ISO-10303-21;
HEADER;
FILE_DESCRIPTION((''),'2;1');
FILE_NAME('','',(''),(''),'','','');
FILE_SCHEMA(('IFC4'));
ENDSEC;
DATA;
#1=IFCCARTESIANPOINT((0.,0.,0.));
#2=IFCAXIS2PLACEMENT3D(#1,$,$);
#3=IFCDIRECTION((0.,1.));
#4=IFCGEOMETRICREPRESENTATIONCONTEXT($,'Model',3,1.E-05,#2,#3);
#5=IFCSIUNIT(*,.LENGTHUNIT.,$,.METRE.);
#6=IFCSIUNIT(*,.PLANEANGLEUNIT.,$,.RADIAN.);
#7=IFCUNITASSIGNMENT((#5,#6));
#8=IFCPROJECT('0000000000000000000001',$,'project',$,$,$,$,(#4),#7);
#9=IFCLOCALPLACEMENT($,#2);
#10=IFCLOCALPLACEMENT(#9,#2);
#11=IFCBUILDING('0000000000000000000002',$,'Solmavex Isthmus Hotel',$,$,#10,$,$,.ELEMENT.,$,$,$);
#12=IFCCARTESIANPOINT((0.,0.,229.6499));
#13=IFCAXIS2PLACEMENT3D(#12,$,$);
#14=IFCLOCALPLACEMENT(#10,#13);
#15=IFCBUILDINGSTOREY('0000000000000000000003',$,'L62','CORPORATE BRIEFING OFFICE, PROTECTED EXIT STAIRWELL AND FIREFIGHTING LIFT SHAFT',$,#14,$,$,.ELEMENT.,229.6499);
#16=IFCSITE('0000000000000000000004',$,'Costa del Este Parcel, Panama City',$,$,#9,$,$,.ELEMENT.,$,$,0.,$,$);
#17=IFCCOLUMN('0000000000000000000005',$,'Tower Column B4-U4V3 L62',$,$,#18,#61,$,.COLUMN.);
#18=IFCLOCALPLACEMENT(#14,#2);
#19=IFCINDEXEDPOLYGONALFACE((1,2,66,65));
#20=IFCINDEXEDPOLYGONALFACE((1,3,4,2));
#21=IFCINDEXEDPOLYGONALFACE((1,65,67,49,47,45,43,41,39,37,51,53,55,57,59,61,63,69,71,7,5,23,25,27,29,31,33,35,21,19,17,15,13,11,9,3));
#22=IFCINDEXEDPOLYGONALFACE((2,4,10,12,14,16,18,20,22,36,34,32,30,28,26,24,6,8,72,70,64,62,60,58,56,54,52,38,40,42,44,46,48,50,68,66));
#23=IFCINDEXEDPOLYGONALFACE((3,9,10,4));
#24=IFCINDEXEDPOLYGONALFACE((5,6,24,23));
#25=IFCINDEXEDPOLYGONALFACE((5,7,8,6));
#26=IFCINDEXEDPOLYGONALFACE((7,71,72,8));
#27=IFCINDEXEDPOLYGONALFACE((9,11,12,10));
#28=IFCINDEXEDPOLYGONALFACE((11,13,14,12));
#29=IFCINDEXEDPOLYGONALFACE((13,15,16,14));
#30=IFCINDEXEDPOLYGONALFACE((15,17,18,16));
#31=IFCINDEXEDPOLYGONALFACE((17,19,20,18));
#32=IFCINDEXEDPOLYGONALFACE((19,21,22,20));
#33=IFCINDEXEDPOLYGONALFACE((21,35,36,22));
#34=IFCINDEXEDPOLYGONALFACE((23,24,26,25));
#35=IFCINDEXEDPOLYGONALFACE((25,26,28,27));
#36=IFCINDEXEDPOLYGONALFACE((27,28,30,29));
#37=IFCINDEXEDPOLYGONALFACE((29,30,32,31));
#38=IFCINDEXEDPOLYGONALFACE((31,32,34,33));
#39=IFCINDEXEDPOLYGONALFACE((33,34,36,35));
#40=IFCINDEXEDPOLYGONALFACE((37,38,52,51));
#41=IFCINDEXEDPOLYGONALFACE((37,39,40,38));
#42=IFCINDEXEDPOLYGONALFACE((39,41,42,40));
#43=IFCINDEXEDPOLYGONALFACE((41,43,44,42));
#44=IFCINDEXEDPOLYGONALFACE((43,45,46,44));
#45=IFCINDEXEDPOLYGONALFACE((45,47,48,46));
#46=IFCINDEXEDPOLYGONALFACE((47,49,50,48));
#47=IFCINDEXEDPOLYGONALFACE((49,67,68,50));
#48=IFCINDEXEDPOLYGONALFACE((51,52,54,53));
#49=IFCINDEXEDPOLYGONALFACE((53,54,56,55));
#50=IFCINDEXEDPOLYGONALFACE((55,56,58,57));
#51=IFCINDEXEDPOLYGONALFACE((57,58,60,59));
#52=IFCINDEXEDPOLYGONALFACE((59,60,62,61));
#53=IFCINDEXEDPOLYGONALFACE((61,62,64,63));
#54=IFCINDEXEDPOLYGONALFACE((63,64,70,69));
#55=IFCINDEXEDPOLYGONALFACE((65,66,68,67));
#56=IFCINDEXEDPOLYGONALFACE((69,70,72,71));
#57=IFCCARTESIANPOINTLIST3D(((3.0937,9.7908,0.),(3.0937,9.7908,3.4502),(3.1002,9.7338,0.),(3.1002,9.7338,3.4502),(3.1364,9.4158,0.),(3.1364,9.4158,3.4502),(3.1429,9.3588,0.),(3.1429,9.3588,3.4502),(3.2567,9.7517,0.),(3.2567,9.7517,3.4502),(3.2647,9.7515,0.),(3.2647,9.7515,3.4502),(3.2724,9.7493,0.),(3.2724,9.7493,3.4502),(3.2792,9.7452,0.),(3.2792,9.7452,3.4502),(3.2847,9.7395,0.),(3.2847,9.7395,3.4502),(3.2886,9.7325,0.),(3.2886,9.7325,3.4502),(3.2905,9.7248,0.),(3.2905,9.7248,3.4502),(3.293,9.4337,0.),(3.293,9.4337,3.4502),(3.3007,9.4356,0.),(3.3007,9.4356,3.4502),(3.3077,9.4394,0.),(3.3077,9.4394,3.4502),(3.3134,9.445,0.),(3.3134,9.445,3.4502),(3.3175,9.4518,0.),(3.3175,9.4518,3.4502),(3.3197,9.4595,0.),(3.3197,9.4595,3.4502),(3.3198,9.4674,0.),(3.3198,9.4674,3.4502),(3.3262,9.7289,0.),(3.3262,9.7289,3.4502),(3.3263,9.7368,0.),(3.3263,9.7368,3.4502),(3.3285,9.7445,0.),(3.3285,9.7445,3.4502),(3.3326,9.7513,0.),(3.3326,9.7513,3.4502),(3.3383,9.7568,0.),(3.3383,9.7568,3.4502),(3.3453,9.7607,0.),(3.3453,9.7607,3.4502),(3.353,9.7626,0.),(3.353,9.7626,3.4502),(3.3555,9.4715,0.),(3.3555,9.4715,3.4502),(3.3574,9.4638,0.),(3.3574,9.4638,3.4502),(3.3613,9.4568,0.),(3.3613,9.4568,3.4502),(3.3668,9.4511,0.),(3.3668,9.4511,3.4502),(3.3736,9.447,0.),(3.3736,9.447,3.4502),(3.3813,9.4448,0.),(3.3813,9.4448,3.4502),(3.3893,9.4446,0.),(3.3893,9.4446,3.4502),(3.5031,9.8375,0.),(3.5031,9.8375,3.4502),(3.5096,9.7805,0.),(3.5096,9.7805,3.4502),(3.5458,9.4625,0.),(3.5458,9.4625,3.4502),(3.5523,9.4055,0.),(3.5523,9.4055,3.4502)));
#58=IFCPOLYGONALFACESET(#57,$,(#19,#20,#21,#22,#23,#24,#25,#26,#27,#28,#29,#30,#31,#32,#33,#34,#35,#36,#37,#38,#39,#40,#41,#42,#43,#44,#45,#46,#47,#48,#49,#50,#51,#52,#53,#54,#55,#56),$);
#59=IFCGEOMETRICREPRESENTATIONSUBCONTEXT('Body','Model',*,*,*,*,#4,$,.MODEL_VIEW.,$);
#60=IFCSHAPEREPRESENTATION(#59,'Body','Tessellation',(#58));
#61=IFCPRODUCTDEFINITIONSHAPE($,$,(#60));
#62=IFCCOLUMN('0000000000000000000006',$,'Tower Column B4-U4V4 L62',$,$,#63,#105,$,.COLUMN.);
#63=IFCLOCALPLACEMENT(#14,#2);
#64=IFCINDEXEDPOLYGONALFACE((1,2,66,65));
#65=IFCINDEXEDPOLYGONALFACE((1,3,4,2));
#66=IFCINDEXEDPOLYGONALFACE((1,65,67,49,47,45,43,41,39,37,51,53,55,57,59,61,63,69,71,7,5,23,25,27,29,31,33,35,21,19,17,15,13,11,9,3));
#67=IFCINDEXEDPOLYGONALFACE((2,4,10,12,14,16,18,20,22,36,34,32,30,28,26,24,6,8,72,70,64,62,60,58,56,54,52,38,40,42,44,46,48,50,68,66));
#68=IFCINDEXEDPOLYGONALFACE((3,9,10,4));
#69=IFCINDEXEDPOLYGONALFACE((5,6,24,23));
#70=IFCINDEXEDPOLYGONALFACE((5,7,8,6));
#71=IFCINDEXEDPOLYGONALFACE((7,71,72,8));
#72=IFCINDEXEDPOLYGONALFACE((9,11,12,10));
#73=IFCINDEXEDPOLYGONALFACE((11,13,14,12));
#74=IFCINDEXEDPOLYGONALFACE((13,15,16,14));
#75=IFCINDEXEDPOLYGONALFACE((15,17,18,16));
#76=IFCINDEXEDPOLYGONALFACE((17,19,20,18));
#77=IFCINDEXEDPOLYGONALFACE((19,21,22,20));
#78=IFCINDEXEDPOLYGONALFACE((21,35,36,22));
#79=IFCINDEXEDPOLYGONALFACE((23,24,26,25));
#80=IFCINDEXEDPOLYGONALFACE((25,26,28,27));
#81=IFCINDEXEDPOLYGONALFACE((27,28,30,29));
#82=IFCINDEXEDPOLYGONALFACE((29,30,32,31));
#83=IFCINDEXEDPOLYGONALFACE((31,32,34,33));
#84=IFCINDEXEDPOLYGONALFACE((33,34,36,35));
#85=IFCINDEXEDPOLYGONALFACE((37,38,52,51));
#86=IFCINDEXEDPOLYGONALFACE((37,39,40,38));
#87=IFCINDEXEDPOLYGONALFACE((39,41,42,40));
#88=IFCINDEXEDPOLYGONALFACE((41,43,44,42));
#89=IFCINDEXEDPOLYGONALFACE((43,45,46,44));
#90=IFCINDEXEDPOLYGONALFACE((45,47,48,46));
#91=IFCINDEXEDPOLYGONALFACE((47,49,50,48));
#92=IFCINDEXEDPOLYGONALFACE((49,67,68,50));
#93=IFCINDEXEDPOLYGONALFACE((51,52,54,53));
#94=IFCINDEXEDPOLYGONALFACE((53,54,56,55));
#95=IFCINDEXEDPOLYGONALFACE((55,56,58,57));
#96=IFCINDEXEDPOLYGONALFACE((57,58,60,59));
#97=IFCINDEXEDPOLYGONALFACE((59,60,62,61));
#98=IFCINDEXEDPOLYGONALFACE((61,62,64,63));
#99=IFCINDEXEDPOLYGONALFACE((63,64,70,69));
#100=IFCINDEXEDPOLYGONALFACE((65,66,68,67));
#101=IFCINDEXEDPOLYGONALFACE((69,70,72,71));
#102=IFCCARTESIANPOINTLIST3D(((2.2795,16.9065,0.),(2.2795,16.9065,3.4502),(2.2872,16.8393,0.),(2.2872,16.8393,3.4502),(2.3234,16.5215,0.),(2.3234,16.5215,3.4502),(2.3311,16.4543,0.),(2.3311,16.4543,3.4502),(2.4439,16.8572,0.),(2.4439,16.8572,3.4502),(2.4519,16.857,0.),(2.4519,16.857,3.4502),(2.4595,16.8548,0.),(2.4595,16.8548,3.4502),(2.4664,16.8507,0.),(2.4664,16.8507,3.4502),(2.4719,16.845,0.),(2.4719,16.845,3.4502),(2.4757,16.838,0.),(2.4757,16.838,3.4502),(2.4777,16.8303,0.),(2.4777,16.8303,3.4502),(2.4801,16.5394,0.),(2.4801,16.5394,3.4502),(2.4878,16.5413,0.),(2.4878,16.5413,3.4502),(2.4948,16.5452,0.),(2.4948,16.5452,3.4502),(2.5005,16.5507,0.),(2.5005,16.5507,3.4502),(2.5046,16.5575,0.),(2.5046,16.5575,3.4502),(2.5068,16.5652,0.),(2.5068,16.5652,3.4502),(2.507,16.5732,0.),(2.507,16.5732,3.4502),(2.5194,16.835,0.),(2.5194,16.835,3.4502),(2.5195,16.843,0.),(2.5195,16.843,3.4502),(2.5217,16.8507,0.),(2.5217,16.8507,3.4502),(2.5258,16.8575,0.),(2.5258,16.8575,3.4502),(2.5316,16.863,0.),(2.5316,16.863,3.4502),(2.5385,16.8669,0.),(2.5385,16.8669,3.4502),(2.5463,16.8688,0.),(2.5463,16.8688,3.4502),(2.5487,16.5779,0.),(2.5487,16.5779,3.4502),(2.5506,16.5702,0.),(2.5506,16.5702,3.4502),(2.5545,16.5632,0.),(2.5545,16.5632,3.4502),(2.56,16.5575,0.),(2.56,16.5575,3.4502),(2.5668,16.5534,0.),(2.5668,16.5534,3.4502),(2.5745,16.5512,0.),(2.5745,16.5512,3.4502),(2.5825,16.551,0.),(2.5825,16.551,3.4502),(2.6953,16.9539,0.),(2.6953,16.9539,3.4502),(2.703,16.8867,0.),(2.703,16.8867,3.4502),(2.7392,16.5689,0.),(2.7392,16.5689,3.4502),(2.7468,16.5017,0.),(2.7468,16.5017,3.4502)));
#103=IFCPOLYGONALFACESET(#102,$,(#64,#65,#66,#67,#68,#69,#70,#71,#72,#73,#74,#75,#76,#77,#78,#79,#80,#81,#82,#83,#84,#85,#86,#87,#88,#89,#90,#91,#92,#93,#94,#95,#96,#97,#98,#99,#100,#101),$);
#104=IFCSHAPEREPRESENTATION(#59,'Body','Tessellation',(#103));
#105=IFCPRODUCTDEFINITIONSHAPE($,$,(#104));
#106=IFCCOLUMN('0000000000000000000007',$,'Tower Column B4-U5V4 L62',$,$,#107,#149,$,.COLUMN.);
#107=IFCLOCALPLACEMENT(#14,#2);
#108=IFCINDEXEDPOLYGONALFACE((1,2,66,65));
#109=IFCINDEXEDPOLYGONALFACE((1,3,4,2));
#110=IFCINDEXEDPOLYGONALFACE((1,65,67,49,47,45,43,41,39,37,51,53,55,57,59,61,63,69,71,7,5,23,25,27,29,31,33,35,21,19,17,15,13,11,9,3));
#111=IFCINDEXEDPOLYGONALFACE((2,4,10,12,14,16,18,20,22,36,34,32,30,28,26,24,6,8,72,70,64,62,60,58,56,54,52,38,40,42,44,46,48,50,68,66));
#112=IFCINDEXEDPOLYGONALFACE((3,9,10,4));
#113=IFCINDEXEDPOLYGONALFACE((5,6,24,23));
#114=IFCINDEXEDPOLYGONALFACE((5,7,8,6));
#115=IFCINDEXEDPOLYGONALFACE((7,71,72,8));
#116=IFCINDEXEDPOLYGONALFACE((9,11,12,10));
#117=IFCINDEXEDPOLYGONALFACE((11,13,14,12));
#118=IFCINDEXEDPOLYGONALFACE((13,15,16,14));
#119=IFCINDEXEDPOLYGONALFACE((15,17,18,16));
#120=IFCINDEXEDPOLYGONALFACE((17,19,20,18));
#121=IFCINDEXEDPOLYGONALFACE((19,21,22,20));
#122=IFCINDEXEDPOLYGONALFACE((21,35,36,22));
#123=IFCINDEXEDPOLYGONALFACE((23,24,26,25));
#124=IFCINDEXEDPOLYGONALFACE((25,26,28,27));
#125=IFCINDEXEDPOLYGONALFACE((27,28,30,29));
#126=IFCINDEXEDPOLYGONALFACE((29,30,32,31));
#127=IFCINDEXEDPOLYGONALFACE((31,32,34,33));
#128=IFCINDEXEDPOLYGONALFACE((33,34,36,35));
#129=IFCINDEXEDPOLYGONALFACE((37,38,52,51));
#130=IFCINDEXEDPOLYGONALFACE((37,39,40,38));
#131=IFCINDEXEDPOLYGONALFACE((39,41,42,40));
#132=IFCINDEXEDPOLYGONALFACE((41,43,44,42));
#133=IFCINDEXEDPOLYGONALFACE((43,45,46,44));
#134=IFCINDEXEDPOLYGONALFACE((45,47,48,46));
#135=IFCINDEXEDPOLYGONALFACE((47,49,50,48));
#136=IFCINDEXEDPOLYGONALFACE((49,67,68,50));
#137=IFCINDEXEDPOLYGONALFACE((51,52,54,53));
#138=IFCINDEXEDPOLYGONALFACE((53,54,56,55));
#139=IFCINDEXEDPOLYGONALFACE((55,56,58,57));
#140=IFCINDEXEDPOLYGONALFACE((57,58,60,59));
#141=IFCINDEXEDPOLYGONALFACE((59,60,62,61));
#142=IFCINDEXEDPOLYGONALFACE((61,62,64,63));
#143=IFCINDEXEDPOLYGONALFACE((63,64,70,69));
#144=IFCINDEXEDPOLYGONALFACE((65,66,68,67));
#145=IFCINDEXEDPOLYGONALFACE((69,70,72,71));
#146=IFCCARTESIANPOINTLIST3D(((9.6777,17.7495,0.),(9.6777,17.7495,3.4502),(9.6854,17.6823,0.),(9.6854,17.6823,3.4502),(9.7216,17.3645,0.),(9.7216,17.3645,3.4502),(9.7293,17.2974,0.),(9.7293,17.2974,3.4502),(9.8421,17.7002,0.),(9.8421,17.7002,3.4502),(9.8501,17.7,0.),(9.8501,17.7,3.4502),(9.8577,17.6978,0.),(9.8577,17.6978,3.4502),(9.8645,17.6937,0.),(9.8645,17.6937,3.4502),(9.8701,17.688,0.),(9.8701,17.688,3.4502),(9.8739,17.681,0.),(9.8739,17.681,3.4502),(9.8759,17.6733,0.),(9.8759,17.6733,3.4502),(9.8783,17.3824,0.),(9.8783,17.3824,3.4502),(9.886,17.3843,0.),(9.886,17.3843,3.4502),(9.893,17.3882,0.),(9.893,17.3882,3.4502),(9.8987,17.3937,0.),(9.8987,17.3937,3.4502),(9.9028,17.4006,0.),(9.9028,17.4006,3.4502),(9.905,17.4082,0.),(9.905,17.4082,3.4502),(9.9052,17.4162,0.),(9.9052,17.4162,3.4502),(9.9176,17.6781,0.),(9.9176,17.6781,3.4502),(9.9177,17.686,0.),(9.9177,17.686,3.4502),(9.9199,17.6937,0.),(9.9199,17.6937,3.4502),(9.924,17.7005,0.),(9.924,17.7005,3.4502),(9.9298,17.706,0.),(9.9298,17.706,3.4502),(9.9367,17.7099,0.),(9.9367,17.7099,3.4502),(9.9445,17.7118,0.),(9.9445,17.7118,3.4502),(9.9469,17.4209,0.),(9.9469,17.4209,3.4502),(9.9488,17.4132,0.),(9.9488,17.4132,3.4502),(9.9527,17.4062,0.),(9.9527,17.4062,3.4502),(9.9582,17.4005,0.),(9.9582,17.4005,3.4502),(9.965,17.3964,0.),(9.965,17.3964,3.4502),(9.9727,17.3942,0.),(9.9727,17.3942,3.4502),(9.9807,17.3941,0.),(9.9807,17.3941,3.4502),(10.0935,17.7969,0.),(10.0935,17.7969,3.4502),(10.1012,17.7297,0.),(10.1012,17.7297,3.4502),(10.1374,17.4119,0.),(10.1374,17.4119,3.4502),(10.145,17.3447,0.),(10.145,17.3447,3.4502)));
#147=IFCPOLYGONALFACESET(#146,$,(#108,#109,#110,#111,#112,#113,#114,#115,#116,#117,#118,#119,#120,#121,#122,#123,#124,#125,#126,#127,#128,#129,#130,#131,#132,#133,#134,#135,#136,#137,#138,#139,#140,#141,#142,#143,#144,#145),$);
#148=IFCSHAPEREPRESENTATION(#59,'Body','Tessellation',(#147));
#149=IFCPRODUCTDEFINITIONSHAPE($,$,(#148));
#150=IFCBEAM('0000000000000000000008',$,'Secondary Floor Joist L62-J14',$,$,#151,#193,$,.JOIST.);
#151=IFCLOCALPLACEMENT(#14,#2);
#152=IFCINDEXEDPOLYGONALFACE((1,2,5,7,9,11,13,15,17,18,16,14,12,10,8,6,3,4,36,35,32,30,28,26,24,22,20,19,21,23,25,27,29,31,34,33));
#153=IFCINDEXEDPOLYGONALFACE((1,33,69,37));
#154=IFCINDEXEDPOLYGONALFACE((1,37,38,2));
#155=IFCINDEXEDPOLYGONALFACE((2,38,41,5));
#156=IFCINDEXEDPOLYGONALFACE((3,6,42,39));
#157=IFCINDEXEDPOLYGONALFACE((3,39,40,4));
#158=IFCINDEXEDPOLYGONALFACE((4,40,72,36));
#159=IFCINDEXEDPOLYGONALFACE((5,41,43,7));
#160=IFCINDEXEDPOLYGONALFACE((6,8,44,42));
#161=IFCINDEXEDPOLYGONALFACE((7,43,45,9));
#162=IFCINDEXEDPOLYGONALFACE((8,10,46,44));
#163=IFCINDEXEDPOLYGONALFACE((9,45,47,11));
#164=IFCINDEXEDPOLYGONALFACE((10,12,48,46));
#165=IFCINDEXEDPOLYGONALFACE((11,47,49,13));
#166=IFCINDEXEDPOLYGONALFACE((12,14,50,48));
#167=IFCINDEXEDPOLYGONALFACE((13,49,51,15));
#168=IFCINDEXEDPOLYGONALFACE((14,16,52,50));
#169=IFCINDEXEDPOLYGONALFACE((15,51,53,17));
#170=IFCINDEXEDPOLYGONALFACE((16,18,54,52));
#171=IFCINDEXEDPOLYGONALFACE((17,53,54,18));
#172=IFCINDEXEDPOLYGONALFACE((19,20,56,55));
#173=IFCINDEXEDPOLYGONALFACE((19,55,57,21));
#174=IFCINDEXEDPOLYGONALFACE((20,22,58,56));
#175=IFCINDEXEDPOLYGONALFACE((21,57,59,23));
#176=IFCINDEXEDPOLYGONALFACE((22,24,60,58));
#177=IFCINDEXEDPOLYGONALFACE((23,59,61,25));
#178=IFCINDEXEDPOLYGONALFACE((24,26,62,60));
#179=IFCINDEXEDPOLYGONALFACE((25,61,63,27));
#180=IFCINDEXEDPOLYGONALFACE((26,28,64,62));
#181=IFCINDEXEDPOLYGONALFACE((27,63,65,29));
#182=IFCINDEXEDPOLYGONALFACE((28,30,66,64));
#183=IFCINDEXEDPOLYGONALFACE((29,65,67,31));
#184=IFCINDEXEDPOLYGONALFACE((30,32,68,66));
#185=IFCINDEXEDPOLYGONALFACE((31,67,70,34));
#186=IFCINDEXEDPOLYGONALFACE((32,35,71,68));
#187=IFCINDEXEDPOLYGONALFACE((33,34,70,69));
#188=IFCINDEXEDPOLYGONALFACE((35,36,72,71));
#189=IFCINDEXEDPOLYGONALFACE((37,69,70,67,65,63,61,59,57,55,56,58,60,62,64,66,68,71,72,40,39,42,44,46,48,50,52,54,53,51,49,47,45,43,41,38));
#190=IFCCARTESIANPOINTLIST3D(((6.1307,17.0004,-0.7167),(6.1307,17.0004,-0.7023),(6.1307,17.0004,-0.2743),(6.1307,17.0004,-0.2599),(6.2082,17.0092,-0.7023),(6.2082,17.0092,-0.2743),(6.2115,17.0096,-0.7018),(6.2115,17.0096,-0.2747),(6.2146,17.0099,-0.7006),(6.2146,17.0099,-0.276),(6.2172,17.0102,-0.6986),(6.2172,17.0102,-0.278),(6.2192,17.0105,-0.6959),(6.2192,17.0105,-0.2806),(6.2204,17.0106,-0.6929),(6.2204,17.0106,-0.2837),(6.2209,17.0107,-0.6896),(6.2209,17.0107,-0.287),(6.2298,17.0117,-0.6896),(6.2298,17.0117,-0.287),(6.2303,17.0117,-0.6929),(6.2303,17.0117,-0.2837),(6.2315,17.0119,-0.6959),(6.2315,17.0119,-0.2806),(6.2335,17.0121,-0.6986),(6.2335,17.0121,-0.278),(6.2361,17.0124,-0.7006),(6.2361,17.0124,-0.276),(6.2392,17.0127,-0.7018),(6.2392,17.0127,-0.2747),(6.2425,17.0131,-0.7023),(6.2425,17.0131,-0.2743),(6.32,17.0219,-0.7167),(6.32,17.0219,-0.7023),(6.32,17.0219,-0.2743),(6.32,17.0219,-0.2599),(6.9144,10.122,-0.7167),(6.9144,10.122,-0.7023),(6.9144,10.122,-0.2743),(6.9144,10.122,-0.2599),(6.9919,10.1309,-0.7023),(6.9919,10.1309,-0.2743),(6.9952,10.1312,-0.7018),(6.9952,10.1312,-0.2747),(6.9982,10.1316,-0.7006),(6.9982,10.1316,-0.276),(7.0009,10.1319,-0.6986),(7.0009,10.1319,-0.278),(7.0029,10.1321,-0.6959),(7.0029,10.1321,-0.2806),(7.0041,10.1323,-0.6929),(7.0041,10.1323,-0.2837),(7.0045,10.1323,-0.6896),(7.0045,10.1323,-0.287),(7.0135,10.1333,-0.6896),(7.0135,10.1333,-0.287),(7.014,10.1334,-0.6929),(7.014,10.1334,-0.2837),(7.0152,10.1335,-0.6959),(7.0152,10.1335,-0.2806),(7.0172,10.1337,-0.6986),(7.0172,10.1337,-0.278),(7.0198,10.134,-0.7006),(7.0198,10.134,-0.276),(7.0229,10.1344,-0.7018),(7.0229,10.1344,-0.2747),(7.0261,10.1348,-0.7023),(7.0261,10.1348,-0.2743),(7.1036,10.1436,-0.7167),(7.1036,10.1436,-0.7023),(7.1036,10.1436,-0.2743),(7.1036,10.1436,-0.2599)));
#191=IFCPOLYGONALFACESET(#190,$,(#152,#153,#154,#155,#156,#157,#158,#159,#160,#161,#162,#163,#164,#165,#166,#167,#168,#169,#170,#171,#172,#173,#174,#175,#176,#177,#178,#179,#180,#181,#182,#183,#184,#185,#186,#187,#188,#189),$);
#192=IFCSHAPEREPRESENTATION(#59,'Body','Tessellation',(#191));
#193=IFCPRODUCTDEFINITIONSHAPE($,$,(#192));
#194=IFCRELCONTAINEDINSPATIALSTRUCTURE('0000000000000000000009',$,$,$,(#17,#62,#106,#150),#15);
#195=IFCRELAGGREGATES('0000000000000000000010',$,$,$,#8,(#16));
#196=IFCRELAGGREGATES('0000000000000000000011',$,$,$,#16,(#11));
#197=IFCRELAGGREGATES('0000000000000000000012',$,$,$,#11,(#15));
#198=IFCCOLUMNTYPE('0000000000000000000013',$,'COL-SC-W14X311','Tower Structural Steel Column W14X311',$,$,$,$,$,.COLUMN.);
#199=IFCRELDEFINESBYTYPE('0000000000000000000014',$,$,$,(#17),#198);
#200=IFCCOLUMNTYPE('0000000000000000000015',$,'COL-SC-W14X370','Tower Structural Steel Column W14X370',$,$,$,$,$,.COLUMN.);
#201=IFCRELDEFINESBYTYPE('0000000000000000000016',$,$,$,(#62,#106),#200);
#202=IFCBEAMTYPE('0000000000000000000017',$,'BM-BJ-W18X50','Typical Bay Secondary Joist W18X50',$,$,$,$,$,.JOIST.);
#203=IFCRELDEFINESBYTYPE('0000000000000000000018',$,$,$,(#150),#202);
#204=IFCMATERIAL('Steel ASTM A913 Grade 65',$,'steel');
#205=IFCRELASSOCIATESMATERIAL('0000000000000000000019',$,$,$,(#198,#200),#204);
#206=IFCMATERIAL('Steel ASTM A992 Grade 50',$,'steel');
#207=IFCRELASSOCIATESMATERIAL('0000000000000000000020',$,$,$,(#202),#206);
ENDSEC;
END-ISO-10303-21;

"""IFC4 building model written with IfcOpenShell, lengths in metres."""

from ifc_helpers import new_model, si_unit, direction, frame, origin, origin_2d, place, context, subcontext, project, spatial, i_section, extrude, material, material_profile, profile_set, type_object, element, save


model = new_model("IFC4")

# Units and contexts
model_context = context("Model", 3, precision=1e-05, world=origin(), true_north=direction((0.0, 1.0)))
body_context = subcontext(model_context, "Body", "Model", "MODEL_VIEW")
ifc_project = project(units=[si_unit("LENGTHUNIT", "METRE"), si_unit("PLANEANGLEUNIT", "RADIAN")], contexts=[model_context])

# Site, building, storey
site_placement = place(None, origin())
site = spatial("IfcSite", under=ifc_project, at=site_placement, Name="Costa del Este Parcel, Panama City", CompositionType="ELEMENT", RefElevation=0.0)
building_placement = place(site_placement, origin())
building = spatial("IfcBuilding", under=site, at=building_placement, Name="Solmavex Isthmus Hotel", CompositionType="ELEMENT")
storey_placement = place(building_placement, frame((0.0, 0.0, 229.6499)))
storey = spatial("IfcBuildingStorey", under=building, at=storey_placement, Name="L62", Description="CORPORATE BRIEFING OFFICE, PROTECTED EXIT STAIRWELL AND FIREFIGHTING LIFT SHAFT", CompositionType="ELEMENT", Elevation=229.6499)

# Columns
ifc_material_1 = material(Name="Steel ASTM A913 Grade 65", Category="steel")
ifc_material_profile_1 = material_profile(ifc_material_1, i_section(OverallWidth=0.4121, OverallDepth=0.4348, WebThickness=0.0359, FlangeThickness=0.0574, FilletRadius=0.0305, at=origin_2d()), Name="W14X311")
ifc_profile_set_1 = profile_set([ifc_material_profile_1], Name="Steel ASTM A913 Grade 65")
column_type_1 = type_object("IfcColumnType", Name="COL-SC-W14X311", Description="Tower Structural Steel Column W14X311", PredefinedType="COLUMN", material=ifc_profile_set_1)
column_placement = place(storey_placement, frame((3.323, 9.5981, 0.0), z_axis=(0.0, 0.0, 1.0), x_axis=(0.993572, 0.113203, 0.0)))
element("IfcColumn", 1, at=column_placement, inside=storey, type_object=column_type_1, Name="Tower Column B4-U4V3 L62", PredefinedType="COLUMN", context=body_context, shape_type="SweptSolid", body=[
    extrude(i_section(OverallWidth=0.4121, OverallDepth=0.4348, WebThickness=0.0359, FlangeThickness=0.0574, FilletRadius=0.0305, at=origin_2d()), origin(), (0.0, 0.0, 1.0), 3.4502),
])
ifc_material_profile_2 = material_profile(ifc_material_1, i_section(OverallWidth=0.4185, OverallDepth=0.4551, WebThickness=0.042, FlangeThickness=0.0676, FilletRadius=0.0305, at=origin_2d()), Name="W14X370")
ifc_profile_set_2 = profile_set([ifc_material_profile_2], Name="Steel ASTM A913 Grade 65")
column_type_2 = type_object("IfcColumnType", Name="COL-SC-W14X370", Description="Tower Structural Steel Column W14X370", PredefinedType="COLUMN", material=ifc_profile_set_2)
for number, where, z_axis, x_axis, name in (
    (2, (2.5132, 16.7041, 0.0), (0.0, 0.0, 1.0), (0.993572, 0.113203, 0.0), "Tower Column B4-U4V4 L62"),
    (3, (9.9114, 17.5471, 0.0), (0.0, 0.0, 1.0), (0.993572, 0.113203, 0.0), "Tower Column B4-U5V4 L62"),
):
    element("IfcColumn", number, at=place(storey_placement, frame(where, z_axis=z_axis, x_axis=x_axis)), inside=storey, type_object=column_type_2, Name=name, PredefinedType="COLUMN", context=body_context, shape_type="SweptSolid", body=[
        extrude(i_section(OverallWidth=0.4185, OverallDepth=0.4551, WebThickness=0.042, FlangeThickness=0.0676, FilletRadius=0.0305, at=origin_2d()), origin(), (0.0, 0.0, 1.0), 3.4502),
    ])

# Beam
ifc_material_2 = material(Name="Steel ASTM A992 Grade 50", Category="steel")
ifc_material_profile_3 = material_profile(ifc_material_2, i_section(OverallWidth=0.1904, OverallDepth=0.4568, WebThickness=0.009, FlangeThickness=0.0144, FilletRadius=0.0127, at=origin_2d()), Name="W18X50")
ifc_profile_set_3 = profile_set([ifc_material_profile_3], Name="Steel ASTM A992 Grade 50")
beam_type_1 = type_object("IfcBeamType", Name="BM-BJ-W18X50", Description="Typical Bay Secondary Joist W18X50", PredefinedType="JOIST", material=ifc_profile_set_3)
beam_1_placement = place(storey_placement, frame((7.009, 10.1328, -0.4883), z_axis=(-0.113202, 0.993572, 0.0), x_axis=(-0.993572, -0.113202, 0.0)))
element("IfcBeam", 4, at=beam_1_placement, inside=storey, type_object=beam_type_1, Name="Secondary Floor Joist L62-J14", PredefinedType="JOIST", context=body_context, shape_type="SweptSolid", body=[
    extrude(i_section(OverallWidth=0.1904, OverallDepth=0.4568, WebThickness=0.009, FlangeThickness=0.0144, FilletRadius=0.0127, at=origin_2d()), origin(), (0.0, 0.0, 1.0), 6.9229),
])

save(model, "model.ifc")
